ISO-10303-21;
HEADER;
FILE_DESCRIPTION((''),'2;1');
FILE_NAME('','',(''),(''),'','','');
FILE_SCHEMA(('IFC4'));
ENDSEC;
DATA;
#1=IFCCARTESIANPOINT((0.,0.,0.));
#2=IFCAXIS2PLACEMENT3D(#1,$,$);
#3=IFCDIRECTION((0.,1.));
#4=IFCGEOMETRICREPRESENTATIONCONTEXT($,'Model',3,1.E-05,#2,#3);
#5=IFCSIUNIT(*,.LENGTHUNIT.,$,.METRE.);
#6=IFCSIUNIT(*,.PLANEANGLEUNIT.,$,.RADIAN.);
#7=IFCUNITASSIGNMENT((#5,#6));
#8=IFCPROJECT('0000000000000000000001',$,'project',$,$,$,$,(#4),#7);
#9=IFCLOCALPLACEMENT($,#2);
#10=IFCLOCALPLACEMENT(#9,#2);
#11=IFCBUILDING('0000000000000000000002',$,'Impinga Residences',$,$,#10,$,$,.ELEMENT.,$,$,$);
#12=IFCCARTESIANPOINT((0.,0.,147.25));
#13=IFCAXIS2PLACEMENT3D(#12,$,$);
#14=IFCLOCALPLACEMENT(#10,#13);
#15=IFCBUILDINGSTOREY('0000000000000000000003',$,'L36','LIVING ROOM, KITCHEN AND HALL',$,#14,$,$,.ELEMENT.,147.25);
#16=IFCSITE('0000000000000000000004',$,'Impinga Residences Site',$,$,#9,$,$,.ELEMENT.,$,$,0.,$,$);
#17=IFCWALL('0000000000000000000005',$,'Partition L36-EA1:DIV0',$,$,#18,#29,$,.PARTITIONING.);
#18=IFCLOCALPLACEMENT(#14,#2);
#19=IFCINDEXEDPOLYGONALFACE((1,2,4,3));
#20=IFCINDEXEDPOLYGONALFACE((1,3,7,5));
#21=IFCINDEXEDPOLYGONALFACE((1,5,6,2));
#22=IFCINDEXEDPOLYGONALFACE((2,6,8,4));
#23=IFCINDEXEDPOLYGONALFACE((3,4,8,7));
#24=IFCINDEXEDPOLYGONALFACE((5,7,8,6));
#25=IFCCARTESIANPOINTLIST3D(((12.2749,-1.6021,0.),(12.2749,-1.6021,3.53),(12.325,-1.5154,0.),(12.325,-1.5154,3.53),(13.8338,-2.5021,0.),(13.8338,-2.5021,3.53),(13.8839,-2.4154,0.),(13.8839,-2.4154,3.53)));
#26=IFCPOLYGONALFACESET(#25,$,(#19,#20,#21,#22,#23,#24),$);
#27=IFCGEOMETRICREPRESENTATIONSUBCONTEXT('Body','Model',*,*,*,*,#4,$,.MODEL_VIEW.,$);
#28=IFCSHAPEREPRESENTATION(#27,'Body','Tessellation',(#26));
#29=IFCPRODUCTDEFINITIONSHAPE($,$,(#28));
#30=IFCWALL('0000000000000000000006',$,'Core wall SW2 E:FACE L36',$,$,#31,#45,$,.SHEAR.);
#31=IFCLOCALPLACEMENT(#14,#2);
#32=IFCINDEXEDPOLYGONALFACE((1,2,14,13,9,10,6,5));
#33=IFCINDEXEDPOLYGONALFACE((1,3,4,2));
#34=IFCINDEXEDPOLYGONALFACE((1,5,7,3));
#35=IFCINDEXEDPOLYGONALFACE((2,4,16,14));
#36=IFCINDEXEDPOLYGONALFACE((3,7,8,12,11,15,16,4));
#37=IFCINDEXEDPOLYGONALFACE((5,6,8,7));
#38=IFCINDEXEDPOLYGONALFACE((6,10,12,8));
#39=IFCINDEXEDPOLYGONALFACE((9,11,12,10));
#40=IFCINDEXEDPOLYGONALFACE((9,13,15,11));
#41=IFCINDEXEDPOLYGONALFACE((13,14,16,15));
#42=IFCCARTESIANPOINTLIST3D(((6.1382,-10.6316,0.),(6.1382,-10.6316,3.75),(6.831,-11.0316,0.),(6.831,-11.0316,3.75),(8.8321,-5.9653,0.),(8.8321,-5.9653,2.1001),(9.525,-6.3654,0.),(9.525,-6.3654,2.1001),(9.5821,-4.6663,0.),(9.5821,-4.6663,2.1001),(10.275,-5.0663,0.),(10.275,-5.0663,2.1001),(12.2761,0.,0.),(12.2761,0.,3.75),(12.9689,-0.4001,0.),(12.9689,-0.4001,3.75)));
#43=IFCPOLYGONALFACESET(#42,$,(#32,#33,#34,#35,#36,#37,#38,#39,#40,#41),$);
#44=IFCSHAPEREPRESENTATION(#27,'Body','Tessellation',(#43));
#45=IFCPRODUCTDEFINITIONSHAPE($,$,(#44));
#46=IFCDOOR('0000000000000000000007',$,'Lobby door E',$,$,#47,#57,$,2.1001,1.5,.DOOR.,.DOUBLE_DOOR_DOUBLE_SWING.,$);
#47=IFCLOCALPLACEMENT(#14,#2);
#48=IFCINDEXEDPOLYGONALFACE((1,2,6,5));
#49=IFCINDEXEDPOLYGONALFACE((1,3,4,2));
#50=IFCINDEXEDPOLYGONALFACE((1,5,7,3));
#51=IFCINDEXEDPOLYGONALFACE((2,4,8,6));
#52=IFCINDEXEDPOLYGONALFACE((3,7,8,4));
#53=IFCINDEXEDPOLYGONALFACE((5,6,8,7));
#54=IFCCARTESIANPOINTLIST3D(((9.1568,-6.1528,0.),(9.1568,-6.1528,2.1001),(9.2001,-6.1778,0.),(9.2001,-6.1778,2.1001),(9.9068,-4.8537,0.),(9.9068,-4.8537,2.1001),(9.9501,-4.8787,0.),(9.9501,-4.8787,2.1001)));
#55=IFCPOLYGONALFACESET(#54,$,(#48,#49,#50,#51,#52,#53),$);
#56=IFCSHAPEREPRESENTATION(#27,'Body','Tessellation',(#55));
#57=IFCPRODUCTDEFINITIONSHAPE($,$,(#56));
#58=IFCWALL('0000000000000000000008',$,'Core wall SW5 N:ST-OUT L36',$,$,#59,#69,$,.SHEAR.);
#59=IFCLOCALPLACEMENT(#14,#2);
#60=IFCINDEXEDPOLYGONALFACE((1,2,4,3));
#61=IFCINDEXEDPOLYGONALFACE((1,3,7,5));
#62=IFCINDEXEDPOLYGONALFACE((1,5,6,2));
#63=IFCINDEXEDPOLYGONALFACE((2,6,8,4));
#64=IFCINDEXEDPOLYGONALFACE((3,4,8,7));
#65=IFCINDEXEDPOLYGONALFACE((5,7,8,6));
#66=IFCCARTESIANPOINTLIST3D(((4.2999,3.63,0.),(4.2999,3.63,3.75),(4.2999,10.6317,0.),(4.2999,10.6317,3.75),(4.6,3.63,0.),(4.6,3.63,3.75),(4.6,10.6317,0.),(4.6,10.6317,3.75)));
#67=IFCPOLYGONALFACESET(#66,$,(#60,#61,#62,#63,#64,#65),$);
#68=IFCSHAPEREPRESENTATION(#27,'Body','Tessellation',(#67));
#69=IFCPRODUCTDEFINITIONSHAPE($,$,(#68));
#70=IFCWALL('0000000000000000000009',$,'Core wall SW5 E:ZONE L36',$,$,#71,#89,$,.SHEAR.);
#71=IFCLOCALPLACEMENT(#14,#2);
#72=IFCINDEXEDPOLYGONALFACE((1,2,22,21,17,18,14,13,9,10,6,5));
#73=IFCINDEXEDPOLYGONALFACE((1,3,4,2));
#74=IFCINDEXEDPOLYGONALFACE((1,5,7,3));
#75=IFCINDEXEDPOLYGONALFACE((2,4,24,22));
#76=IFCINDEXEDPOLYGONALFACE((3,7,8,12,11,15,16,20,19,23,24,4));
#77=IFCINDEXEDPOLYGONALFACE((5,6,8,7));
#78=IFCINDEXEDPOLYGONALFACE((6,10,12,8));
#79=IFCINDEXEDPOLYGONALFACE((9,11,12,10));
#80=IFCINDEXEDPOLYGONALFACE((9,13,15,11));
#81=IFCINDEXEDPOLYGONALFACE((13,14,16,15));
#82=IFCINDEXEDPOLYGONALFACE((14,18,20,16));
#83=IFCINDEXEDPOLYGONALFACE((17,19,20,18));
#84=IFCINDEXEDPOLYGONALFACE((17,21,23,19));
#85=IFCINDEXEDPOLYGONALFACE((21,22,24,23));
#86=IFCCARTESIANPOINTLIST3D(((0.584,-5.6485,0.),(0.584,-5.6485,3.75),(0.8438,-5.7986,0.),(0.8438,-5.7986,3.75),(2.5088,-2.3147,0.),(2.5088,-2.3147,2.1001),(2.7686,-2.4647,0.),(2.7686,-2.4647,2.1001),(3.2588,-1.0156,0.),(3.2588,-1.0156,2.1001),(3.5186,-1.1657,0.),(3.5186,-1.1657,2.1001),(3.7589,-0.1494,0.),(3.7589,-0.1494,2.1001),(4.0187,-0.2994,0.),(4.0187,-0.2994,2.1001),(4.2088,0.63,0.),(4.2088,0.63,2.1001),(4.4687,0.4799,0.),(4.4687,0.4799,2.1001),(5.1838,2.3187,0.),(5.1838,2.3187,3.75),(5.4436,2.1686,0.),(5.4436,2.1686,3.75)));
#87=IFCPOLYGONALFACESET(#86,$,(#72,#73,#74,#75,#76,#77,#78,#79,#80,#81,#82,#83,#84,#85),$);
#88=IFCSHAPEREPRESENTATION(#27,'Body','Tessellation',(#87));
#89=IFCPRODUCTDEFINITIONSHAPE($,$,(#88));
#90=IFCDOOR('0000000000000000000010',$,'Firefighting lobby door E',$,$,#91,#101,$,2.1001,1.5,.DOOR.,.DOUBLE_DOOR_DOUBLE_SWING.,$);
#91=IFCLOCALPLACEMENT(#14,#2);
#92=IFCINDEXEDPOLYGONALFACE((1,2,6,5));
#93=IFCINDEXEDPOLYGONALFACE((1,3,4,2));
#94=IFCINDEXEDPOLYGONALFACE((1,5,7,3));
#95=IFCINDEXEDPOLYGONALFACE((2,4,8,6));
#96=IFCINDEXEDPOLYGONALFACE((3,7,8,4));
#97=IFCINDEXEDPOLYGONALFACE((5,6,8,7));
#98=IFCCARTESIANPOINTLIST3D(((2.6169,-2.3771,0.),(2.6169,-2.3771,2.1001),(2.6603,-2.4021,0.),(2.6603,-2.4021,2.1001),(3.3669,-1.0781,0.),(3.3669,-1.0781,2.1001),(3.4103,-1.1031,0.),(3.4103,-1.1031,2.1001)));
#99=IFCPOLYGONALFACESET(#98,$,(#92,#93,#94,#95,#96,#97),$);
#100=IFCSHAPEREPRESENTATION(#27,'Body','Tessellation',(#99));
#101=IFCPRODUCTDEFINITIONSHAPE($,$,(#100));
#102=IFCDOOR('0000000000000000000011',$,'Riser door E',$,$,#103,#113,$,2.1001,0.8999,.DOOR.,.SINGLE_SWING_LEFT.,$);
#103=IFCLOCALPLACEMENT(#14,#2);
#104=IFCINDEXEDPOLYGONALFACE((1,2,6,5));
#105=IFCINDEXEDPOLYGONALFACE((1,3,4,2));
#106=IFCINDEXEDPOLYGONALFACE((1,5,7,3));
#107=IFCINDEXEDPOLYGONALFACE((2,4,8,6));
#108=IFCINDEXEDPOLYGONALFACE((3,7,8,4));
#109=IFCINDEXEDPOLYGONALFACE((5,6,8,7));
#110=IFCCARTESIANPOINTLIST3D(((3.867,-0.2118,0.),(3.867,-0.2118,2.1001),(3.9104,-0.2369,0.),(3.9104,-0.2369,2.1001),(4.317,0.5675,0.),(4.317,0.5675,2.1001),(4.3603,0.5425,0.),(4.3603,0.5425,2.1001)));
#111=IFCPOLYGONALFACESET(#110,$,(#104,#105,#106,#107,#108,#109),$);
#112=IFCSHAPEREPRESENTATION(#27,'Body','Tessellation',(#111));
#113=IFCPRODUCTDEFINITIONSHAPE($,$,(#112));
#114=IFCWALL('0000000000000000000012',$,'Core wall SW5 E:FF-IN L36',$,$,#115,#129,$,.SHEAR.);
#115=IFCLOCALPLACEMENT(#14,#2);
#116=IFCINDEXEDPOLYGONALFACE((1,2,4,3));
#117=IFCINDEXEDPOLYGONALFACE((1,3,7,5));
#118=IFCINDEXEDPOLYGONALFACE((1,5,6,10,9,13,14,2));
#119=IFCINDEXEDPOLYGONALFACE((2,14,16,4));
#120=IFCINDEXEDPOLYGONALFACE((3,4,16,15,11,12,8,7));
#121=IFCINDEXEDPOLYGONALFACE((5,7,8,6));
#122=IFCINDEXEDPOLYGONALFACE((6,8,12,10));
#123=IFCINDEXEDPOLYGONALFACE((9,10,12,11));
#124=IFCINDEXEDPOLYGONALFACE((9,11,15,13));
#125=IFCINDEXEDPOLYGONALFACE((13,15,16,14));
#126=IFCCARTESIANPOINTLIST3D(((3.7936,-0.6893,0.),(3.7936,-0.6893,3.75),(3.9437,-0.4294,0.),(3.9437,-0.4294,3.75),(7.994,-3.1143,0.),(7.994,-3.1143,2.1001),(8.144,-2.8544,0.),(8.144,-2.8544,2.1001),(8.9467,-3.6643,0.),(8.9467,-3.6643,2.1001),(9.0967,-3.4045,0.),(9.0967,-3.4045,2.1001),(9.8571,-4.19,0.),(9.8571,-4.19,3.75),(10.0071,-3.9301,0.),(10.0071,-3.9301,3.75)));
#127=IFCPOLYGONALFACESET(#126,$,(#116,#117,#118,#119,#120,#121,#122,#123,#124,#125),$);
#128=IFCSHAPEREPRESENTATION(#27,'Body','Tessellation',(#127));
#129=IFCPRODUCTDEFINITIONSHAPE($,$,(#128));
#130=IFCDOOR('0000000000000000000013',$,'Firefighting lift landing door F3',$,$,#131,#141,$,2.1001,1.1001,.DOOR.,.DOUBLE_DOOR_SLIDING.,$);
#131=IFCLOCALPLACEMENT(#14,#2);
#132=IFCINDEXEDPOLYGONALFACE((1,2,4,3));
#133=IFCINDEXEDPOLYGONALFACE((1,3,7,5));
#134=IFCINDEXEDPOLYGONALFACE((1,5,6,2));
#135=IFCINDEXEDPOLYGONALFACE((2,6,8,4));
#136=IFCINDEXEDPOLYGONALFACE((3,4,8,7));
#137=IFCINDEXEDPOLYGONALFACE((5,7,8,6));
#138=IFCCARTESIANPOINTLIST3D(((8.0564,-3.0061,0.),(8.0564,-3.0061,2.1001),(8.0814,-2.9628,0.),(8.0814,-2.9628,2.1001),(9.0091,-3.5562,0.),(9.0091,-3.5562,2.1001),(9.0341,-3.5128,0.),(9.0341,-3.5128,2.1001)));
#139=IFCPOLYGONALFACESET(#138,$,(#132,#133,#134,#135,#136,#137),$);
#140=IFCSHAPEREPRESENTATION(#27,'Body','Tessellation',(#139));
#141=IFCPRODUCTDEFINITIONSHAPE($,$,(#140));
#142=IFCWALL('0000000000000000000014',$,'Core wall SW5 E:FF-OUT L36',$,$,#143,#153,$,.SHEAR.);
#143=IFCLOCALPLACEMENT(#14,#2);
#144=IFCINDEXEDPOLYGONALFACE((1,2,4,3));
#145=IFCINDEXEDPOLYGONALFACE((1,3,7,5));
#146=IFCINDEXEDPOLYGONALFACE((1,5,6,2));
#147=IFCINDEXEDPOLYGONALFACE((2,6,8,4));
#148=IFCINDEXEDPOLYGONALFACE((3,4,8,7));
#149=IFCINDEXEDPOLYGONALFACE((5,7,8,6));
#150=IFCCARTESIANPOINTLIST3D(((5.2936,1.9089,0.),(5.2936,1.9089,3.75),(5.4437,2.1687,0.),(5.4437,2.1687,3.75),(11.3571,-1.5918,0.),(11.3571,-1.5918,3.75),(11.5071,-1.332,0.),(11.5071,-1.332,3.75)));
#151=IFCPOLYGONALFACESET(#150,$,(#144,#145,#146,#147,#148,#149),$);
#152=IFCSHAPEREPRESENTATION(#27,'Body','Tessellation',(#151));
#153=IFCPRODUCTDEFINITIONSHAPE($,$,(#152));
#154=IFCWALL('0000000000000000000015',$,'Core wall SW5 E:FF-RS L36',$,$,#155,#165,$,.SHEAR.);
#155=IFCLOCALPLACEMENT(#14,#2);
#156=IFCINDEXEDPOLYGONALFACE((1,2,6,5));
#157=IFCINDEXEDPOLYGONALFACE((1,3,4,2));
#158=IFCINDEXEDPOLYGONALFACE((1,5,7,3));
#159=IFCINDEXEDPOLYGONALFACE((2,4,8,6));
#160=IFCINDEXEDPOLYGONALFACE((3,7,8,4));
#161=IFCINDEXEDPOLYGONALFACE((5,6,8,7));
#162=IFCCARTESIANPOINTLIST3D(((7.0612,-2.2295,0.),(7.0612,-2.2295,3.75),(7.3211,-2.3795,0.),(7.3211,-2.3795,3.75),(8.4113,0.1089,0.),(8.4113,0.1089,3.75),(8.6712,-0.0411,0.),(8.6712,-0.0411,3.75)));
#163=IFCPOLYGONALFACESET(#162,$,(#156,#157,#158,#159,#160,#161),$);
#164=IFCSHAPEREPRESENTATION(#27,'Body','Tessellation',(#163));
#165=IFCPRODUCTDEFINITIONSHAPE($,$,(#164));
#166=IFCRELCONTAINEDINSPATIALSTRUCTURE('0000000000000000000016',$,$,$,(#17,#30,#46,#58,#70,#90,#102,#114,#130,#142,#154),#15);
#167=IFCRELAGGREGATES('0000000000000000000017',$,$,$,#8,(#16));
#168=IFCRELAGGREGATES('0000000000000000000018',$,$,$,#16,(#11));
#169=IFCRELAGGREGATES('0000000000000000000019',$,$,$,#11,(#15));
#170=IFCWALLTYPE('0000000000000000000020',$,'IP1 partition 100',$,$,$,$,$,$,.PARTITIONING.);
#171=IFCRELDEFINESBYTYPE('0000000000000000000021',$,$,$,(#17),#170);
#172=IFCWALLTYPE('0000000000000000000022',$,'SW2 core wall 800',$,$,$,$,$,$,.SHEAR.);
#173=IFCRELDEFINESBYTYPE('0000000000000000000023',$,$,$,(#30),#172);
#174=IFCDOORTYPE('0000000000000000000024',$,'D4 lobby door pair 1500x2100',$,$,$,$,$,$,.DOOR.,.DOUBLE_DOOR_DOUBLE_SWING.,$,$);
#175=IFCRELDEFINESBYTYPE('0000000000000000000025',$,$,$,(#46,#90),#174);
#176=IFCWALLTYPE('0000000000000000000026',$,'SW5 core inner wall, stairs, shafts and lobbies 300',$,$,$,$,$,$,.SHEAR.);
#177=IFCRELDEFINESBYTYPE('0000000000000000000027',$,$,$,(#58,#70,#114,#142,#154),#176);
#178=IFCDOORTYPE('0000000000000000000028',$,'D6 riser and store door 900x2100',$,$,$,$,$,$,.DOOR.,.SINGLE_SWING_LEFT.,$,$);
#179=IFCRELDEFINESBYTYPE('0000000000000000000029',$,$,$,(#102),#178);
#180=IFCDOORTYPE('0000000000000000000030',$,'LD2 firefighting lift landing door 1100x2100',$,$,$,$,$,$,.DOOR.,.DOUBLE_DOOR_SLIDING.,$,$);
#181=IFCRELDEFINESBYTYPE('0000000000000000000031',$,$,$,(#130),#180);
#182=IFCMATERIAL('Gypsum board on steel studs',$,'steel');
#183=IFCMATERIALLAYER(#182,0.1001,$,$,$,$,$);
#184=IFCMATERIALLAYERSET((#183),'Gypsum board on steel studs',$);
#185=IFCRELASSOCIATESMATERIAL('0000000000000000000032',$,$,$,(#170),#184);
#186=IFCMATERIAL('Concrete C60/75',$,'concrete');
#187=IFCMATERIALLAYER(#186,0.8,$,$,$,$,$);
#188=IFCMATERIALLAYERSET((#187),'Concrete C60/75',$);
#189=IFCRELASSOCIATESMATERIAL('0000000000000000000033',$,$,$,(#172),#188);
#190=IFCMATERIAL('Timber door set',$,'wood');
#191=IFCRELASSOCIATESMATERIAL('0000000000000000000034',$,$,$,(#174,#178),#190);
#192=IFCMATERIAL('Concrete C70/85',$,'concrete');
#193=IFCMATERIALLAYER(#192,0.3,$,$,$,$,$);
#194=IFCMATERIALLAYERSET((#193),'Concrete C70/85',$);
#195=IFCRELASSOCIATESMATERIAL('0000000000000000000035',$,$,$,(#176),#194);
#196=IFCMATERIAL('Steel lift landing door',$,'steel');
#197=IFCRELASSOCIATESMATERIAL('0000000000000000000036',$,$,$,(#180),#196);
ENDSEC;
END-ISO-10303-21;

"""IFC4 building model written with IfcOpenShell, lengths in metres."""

from ifc_helpers import new_model, si_unit, direction, frame, frame_2d, origin, place, context, subcontext, project, spatial, rectangle, extrude, material, layer, layer_set, type_object, element, fill, save


model = new_model("IFC4")

# Units and contexts
model_context = context("Model", 3, precision=1e-05, world=origin(), true_north=direction((0.0, 1.0)))
body_context = subcontext(model_context, "Body", "Model", "MODEL_VIEW")
ifc_project = project(units=[si_unit("LENGTHUNIT", "METRE"), si_unit("PLANEANGLEUNIT", "RADIAN")], contexts=[model_context])

# Site, building, storey
site_placement = place(None, origin())
site = spatial("IfcSite", under=ifc_project, at=site_placement, Name="Impinga Residences Site", CompositionType="ELEMENT", RefElevation=0.0)
building_placement = place(site_placement, origin())
building = spatial("IfcBuilding", under=site, at=building_placement, Name="Impinga Residences", CompositionType="ELEMENT")
storey_placement = place(building_placement, frame((0.0, 0.0, 147.25)))
storey = spatial("IfcBuildingStorey", under=building, at=storey_placement, Name="L36", Description="LIVING ROOM, KITCHEN AND HALL", CompositionType="ELEMENT", Elevation=147.25)

# Wall
ifc_material_1 = material(Name="Gypsum board on steel studs", Category="steel")
ifc_layer_1 = layer(ifc_material_1, 0.1001)
ifc_layer_set_1 = layer_set([ifc_layer_1], Name="Gypsum board on steel studs")
wall_type_1 = type_object("IfcWallType", Name="IP1 partition 100", PredefinedType="PARTITIONING", material=ifc_layer_set_1)
wall_1_placement = place(storey_placement, frame((12.3, -1.5588, 0.0), z_axis=(0.0, 0.0, 1.0), x_axis=(0.866048, -0.499961, 0.0)))
element("IfcWall", 1, at=wall_1_placement, inside=storey, type_object=wall_type_1, Name="Partition L36-EA1:DIV0", PredefinedType="PARTITIONING", context=body_context, shape_type="SweptSolid", body=[
    extrude(rectangle(XDim=1.8, YDim=0.1001, at=frame_2d((0.8999, 0.0))), origin(), (0.0, 0.0, 1.0), 3.53),
])

# Wall, opening, door
ifc_material_2 = material(Name="Concrete C60/75", Category="concrete")
ifc_layer_2 = layer(ifc_material_2, 0.8)
ifc_layer_set_2 = layer_set([ifc_layer_2], Name="Concrete C60/75")
wall_type_2 = type_object("IfcWallType", Name="SW2 core wall 800", PredefinedType="SHEAR", material=ifc_layer_set_2)
wall_2_placement = place(storey_placement, frame((12.6226, -0.2, 0.0), z_axis=(0.0, 0.0, 1.0), x_axis=(-0.499987, -0.866033, 0.0)))
wall_2 = element("IfcWall", 2, at=wall_2_placement, inside=storey, type_object=wall_type_2, Name="Core wall SW2 E:FACE L36", PredefinedType="SHEAR", context=body_context, shape_type="SweptSolid", body=[
    extrude(rectangle(XDim=12.2761, YDim=0.8, at=frame_2d((6.1382, 0.0))), origin(), (0.0, 0.0, 1.0), 3.75),
])
opening_1_placement = place(wall_2_placement, frame((5.3882, 0.0, 0.0)))
opening_1 = element("IfcOpeningElement", 3, at=opening_1_placement, cuts=wall_2, PredefinedType="OPENING", context=body_context, shape_type="SweptSolid", body=[
    extrude(rectangle(XDim=1.5, YDim=2.1001, at=frame_2d((0.75, 1.05))), frame((0.0, 0.4099, 0.0), z_axis=(0.0, -1.0, 0.0), x_axis=(1.0, 0.0, 0.0)), (0.0, 0.0, 1.0), 0.8201),
])
ifc_material_3 = material(Name="Timber door set", Category="wood")
door_type_1 = type_object("IfcDoorType", Name="D4 lobby door pair 1500x2100", OperationType="DOUBLE_DOOR_DOUBLE_SWING", PredefinedType="DOOR", material=ifc_material_3)
door_1_placement = place(opening_1_placement, origin())
door_1 = element("IfcDoor", 4, at=door_1_placement, inside=storey, type_object=door_type_1, Name="Lobby door E", OperationType="DOUBLE_DOOR_DOUBLE_SWING", OverallHeight=2.1001, OverallWidth=1.5, PredefinedType="DOOR", context=body_context, shape_type="SweptSolid", body=[
    extrude(rectangle(XDim=1.5, YDim=2.1001, at=frame_2d((0.75, 1.05))), frame((0.0, 0.0249, 0.0), z_axis=(0.0, -1.0, 0.0), x_axis=(1.0, 0.0, 0.0)), (0.0, 0.0, 1.0), 0.05),
])
fill(opening_1, door_1)

# Wall
ifc_material_4 = material(Name="Concrete C70/85", Category="concrete")
ifc_layer_3 = layer(ifc_material_4, 0.3)
ifc_layer_set_3 = layer_set([ifc_layer_3], Name="Concrete C70/85")
wall_type_3 = type_object("IfcWallType", Name="SW5 core inner wall, stairs, shafts and lobbies 300", PredefinedType="SHEAR", material=ifc_layer_set_3)
wall_3_placement = place(storey_placement, frame((4.45, 3.6299, 0.0), z_axis=(0.0, 0.0, 1.0), x_axis=(0.0, 1.0, 0.0)))
element("IfcWall", 5, at=wall_3_placement, inside=storey, type_object=wall_type_3, Name="Core wall SW5 N:ST-OUT L36", PredefinedType="SHEAR", context=body_context, shape_type="SweptSolid", body=[
    extrude(rectangle(XDim=7.0017, YDim=0.3, at=frame_2d((3.501, 0.0))), origin(), (0.0, 0.0, 1.0), 3.75),
])

# Wall, openings, doors
wall_4_placement = place(storey_placement, frame((5.3137, 2.2437, 0.0), z_axis=(0.0, 0.0, 1.0), x_axis=(-0.499995, -0.866028, 0.0)))
wall_4 = element("IfcWall", 6, at=wall_4_placement, inside=storey, type_object=wall_type_3, Name="Core wall SW5 E:ZONE L36", PredefinedType="SHEAR", context=body_context, shape_type="SweptSolid", body=[
    extrude(rectangle(XDim=9.1997, YDim=0.3, at=frame_2d((4.5999, 0.0))), origin(), (0.0, 0.0, 1.0), 3.75),
])
opening_2_placement = place(wall_4_placement, frame((3.8501, 0.0, 0.0)))
opening_2 = element("IfcOpeningElement", 7, at=opening_2_placement, cuts=wall_4, PredefinedType="OPENING", context=body_context, shape_type="SweptSolid", body=[
    extrude(rectangle(XDim=1.5, YDim=2.1001, at=frame_2d((0.75, 1.05))), frame((0.0, 0.1599, 0.0), z_axis=(0.0, -1.0, 0.0), x_axis=(1.0, 0.0, 0.0)), (0.0, 0.0, 1.0), 0.3201),
])
opening_3_placement = place(wall_4_placement, frame((1.95, 0.0, 0.0)))
opening_3 = element("IfcOpeningElement", 8, at=opening_3_placement, cuts=wall_4, PredefinedType="OPENING", context=body_context, shape_type="SweptSolid", body=[
    extrude(rectangle(XDim=0.8999, YDim=2.1001, at=frame_2d((0.45, 1.05))), frame((0.0, 0.1599, 0.0), z_axis=(0.0, -1.0, 0.0), x_axis=(1.0, 0.0, 0.0)), (0.0, 0.0, 1.0), 0.3201),
])
door_2_placement = place(opening_2_placement, origin())
door_2 = element("IfcDoor", 9, at=door_2_placement, inside=storey, type_object=door_type_1, Name="Firefighting lobby door E", OperationType="DOUBLE_DOOR_DOUBLE_SWING", OverallHeight=2.1001, OverallWidth=1.5, PredefinedType="DOOR", context=body_context, shape_type="SweptSolid", body=[
    extrude(rectangle(XDim=1.5, YDim=2.1001, at=frame_2d((0.75, 1.05))), frame((0.0, 0.0249, 0.0), z_axis=(0.0, -1.0, 0.0), x_axis=(1.0, 0.0, 0.0)), (0.0, 0.0, 1.0), 0.05),
])
fill(opening_2, door_2)
door_type_2 = type_object("IfcDoorType", Name="D6 riser and store door 900x2100", OperationType="SINGLE_SWING_LEFT", PredefinedType="DOOR", material=ifc_material_3)
door_3_placement = place(opening_3_placement, origin())
door_3 = element("IfcDoor", 10, at=door_3_placement, inside=storey, type_object=door_type_2, Name="Riser door E", OperationType="SINGLE_SWING_LEFT", OverallHeight=2.1001, OverallWidth=0.8999, PredefinedType="DOOR", context=body_context, shape_type="SweptSolid", body=[
    extrude(rectangle(XDim=0.8999, YDim=2.1001, at=frame_2d((0.45, 1.05))), frame((0.0, 0.0249, 0.0), z_axis=(0.0, -1.0, 0.0), x_axis=(1.0, 0.0, 0.0)), (0.0, 0.0, 1.0), 0.05),
])
fill(opening_3, door_3)

# Wall, opening, door
wall_5_placement = place(storey_placement, frame((3.8687, -0.5593, 0.0), z_axis=(0.0, 0.0, 1.0), x_axis=(0.866026, -0.499998, 0.0)))
wall_5 = element("IfcWall", 11, at=wall_5_placement, inside=storey, type_object=wall_type_3, Name="Core wall SW5 E:FF-IN L36", PredefinedType="SHEAR", context=body_context, shape_type="SweptSolid", body=[
    extrude(rectangle(XDim=7.0015, YDim=0.3, at=frame_2d((3.5007, 0.0))), origin(), (0.0, 0.0, 1.0), 3.75),
])
opening_4_placement = place(wall_5_placement, frame((4.8501, 0.0, 0.0)))
opening_4 = element("IfcOpeningElement", 12, at=opening_4_placement, cuts=wall_5, PredefinedType="OPENING", context=body_context, shape_type="SweptSolid", body=[
    extrude(rectangle(XDim=1.1001, YDim=2.1001, at=frame_2d((0.55, 1.05))), frame((0.0, 0.1599, 0.0), z_axis=(0.0, -1.0, 0.0), x_axis=(1.0, 0.0, 0.0)), (0.0, 0.0, 1.0), 0.3201),
])
ifc_material_5 = material(Name="Steel lift landing door", Category="steel")
door_type_3 = type_object("IfcDoorType", Name="LD2 firefighting lift landing door 1100x2100", OperationType="DOUBLE_DOOR_SLIDING", PredefinedType="DOOR", material=ifc_material_5)
door_4_placement = place(opening_4_placement, origin())
door_4 = element("IfcDoor", 13, at=door_4_placement, inside=storey, type_object=door_type_3, Name="Firefighting lift landing door F3", OperationType="DOUBLE_DOOR_SLIDING", OverallHeight=2.1001, OverallWidth=1.1001, PredefinedType="DOOR", context=body_context, shape_type="SweptSolid", body=[
    extrude(rectangle(XDim=1.1001, YDim=2.1001, at=frame_2d((0.55, 1.05))), frame((0.0, 0.0249, 0.0), z_axis=(0.0, -1.0, 0.0), x_axis=(1.0, 0.0, 0.0)), (0.0, 0.0, 1.0), 0.05),
])
fill(opening_4, door_4)

# Walls
wall_6_placement = place(storey_placement, frame((5.3687, 2.0388, 0.0), z_axis=(0.0, 0.0, 1.0), x_axis=(0.866026, -0.499998, 0.0)))
element("IfcWall", 14, at=wall_6_placement, inside=storey, type_object=wall_type_3, Name="Core wall SW5 E:FF-OUT L36", PredefinedType="SHEAR", context=body_context, shape_type="SweptSolid", body=[
    extrude(rectangle(XDim=7.0015, YDim=0.3, at=frame_2d((3.5007, 0.0))), origin(), (0.0, 0.0, 1.0), 3.75),
])
wall_7_placement = place(storey_placement, frame((8.5413, 0.0339, 0.0), z_axis=(0.0, 0.0, 1.0), x_axis=(-0.500009, -0.86602, 0.0)))
element("IfcWall", 15, at=wall_7_placement, inside=storey, type_object=wall_type_3, Name="Core wall SW5 E:FF-RS L36", PredefinedType="SHEAR", context=body_context, shape_type="SweptSolid", body=[
    extrude(rectangle(XDim=2.7002, YDim=0.3, at=frame_2d((1.3501, 0.0))), origin(), (0.0, 0.0, 1.0), 3.75),
])

save(model, "model.ifc")
